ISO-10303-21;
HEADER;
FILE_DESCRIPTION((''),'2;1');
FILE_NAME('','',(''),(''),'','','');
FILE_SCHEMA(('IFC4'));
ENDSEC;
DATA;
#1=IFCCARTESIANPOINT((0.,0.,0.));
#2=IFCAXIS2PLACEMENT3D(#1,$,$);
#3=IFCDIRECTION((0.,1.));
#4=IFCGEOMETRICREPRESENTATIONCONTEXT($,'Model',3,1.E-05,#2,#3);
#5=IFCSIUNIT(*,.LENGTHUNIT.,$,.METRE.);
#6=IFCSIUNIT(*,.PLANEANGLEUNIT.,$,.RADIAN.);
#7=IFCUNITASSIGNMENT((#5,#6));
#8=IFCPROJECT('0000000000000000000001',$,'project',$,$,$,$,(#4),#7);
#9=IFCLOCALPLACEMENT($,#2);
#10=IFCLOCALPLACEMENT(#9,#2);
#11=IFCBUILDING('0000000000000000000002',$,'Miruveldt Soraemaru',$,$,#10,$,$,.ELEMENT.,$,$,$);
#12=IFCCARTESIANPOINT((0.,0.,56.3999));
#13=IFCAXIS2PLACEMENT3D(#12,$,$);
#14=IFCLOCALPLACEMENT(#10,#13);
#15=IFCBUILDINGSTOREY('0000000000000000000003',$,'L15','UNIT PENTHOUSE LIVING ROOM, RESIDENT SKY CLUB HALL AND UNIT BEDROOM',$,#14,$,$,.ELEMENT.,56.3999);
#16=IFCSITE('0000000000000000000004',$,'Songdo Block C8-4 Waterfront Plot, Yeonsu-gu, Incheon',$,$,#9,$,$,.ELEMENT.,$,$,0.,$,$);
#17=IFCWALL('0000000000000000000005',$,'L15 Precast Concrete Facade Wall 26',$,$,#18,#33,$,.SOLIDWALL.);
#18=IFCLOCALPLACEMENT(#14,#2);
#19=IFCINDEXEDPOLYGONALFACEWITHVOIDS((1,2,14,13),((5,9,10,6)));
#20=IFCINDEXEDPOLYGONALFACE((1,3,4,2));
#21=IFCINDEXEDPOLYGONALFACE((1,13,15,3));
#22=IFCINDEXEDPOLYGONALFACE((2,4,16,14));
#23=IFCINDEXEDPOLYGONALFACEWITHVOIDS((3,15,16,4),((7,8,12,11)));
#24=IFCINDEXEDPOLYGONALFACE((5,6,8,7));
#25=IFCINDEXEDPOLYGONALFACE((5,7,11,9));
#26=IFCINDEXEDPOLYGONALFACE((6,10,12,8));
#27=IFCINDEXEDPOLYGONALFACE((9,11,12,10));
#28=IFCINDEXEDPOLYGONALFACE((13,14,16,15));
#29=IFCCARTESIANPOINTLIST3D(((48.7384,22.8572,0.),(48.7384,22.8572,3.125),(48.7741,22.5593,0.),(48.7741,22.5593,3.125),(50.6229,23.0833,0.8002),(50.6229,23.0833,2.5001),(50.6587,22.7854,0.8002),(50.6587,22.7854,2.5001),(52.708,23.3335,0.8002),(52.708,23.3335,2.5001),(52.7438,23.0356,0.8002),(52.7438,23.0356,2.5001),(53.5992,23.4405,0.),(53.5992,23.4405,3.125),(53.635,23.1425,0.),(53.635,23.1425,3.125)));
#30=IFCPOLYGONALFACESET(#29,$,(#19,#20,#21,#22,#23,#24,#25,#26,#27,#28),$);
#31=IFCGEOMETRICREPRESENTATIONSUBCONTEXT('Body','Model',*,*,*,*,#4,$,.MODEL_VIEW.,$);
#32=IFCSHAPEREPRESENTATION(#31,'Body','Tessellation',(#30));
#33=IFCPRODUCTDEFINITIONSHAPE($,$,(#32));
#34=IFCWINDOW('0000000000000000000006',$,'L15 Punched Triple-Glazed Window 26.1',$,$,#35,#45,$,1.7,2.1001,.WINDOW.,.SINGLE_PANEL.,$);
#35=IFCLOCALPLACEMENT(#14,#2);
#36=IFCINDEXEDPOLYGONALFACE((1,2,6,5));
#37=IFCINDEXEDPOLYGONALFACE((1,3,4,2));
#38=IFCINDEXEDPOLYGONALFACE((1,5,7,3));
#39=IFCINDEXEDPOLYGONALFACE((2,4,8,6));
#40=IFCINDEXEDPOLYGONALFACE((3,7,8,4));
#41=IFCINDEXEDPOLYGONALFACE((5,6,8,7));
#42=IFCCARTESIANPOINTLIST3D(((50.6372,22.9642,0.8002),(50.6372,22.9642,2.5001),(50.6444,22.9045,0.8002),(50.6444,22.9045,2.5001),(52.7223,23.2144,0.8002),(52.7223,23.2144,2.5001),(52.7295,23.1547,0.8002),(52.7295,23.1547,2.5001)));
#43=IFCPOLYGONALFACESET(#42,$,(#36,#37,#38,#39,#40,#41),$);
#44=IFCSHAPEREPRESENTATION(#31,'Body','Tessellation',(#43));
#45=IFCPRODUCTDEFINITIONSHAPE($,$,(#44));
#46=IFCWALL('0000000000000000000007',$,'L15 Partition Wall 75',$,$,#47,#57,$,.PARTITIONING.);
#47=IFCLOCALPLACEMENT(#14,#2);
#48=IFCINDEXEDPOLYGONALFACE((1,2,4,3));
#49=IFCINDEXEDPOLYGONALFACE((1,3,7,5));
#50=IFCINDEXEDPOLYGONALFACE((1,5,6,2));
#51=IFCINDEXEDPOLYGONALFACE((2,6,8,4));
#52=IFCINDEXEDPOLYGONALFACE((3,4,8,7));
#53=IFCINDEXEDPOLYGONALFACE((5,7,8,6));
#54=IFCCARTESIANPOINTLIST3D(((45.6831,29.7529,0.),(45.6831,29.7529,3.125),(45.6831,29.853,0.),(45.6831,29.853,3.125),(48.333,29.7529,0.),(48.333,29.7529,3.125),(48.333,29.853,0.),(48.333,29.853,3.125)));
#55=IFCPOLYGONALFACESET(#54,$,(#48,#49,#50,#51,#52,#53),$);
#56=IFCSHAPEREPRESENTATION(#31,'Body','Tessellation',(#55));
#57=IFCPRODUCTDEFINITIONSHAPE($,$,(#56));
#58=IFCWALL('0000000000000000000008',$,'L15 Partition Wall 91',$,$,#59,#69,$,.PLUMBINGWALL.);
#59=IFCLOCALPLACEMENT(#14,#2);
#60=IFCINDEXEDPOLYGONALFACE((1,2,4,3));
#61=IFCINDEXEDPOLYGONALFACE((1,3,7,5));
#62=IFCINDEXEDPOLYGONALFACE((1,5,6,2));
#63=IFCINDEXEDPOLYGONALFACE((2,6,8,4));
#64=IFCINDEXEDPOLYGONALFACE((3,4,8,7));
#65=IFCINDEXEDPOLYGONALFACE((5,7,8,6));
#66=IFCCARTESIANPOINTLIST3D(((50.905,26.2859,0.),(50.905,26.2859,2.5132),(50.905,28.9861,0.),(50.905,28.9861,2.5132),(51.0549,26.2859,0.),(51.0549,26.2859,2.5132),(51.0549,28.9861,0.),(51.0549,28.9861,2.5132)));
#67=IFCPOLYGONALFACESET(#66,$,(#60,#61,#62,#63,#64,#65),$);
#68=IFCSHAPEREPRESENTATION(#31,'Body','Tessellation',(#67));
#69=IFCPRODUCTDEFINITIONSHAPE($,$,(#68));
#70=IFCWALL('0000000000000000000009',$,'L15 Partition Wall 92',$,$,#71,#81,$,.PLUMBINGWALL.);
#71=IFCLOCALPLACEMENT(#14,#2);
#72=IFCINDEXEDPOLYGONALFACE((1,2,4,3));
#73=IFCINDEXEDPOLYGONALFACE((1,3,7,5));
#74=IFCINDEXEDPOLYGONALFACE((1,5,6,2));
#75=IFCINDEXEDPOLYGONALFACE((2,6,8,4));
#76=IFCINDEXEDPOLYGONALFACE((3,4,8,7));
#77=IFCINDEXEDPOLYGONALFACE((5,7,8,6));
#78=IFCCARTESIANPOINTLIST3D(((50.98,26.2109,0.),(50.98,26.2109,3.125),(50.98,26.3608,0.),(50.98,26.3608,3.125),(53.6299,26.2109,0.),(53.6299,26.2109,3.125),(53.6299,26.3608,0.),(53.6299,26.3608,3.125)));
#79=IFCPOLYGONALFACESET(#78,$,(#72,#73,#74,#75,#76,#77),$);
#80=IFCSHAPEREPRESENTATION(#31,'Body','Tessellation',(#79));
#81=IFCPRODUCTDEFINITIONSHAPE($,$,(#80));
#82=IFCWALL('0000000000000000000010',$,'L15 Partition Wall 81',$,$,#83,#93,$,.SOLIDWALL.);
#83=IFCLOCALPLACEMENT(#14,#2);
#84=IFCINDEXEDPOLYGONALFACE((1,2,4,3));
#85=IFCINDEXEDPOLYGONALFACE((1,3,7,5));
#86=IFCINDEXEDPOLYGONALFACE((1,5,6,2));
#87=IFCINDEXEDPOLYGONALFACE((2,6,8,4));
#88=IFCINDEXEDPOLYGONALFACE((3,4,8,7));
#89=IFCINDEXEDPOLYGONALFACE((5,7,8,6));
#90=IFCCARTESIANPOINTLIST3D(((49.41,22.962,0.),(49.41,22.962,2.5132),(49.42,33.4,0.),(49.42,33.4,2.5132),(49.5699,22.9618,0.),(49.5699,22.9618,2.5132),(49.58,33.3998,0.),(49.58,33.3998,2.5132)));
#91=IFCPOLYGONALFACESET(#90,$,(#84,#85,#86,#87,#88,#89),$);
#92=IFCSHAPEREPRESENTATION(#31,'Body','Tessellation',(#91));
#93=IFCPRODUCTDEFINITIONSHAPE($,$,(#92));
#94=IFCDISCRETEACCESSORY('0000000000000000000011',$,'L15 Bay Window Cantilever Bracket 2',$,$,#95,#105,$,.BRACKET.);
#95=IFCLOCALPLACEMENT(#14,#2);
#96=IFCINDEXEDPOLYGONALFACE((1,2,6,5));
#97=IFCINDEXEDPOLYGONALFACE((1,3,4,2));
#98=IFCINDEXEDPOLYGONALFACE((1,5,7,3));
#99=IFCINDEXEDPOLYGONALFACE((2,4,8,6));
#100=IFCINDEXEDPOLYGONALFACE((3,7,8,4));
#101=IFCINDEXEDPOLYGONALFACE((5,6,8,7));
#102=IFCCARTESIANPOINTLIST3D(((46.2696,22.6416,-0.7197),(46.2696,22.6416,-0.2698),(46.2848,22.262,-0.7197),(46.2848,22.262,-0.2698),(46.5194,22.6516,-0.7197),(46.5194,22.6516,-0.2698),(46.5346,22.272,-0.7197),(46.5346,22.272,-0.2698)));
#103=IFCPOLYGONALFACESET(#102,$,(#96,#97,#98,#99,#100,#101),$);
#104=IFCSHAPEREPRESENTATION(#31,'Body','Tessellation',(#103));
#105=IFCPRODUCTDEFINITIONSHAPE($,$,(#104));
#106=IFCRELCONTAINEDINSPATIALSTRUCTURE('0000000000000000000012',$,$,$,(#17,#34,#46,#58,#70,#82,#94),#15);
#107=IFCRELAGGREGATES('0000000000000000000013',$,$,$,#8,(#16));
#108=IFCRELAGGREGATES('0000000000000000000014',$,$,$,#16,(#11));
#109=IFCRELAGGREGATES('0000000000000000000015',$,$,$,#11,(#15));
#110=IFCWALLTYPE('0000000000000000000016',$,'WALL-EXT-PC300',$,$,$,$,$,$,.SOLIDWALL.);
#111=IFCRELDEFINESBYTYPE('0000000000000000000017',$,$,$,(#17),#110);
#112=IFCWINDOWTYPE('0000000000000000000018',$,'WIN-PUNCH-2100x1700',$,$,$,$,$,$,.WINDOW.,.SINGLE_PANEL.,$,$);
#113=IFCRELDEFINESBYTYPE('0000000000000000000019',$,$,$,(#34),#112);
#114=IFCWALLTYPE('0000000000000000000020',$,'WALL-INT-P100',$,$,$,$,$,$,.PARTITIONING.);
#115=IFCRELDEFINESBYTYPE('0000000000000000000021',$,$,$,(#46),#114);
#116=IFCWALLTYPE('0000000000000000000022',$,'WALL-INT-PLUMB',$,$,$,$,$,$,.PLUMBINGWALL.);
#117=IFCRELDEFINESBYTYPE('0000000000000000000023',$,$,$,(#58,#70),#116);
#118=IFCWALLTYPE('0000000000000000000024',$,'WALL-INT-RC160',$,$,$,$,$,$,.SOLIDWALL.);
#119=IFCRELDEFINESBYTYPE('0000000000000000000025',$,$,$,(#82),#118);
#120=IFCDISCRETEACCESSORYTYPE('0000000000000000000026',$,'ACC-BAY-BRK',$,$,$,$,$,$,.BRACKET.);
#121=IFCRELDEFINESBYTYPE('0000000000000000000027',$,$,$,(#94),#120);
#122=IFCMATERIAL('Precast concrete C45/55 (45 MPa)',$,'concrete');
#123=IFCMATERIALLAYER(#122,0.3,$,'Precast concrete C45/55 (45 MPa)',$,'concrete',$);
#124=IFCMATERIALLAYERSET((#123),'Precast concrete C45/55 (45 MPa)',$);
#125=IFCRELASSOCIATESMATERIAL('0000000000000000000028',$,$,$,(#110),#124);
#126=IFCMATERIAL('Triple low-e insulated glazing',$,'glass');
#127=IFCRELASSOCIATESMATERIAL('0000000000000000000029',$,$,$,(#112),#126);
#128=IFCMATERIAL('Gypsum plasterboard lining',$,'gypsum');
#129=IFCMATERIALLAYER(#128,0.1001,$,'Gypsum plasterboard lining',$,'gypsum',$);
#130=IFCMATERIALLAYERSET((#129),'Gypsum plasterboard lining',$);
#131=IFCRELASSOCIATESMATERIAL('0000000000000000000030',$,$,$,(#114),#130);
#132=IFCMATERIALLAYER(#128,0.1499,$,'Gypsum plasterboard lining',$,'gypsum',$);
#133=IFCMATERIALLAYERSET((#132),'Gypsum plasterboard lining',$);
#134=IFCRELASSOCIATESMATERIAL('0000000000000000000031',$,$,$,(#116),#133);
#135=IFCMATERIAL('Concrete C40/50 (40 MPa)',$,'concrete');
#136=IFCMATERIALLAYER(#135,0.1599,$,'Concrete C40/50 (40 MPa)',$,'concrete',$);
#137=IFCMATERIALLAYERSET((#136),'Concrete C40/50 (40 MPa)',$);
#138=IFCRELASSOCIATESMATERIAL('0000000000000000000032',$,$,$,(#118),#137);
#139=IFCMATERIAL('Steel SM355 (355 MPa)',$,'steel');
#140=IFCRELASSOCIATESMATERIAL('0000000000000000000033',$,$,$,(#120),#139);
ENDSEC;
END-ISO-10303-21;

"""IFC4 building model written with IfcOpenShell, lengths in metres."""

from ifc_helpers import new_model, si_unit, direction, frame, frame_2d, origin, origin_2d, place, context, subcontext, project, spatial, rectangle, extrude, material, layer, layer_set, type_object, element, fill, save


model = new_model("IFC4")

# Units and contexts
model_context = context("Model", 3, precision=1e-05, world=origin(), true_north=direction((0.0, 1.0)))
body_context = subcontext(model_context, "Body", "Model", "MODEL_VIEW")
ifc_project = project(units=[si_unit("LENGTHUNIT", "METRE"), si_unit("PLANEANGLEUNIT", "RADIAN")], contexts=[model_context])

# Site, building, storey
site_placement = place(None, origin())
site = spatial("IfcSite", under=ifc_project, at=site_placement, Name="Songdo Block C8-4 Waterfront Plot, Yeonsu-gu, Incheon", CompositionType="ELEMENT", RefElevation=0.0)
building_placement = place(site_placement, origin())
building = spatial("IfcBuilding", under=site, at=building_placement, Name="Miruveldt Soraemaru", CompositionType="ELEMENT")
storey_placement = place(building_placement, frame((0.0, 0.0, 56.3999)))
storey = spatial("IfcBuildingStorey", under=building, at=storey_placement, Name="L15", Description="UNIT PENTHOUSE LIVING ROOM, RESIDENT SKY CLUB HALL AND UNIT BEDROOM", CompositionType="ELEMENT", Elevation=56.3999)

# Shared definitions
ifc_material_1 = material(Name="Steel SM355 (355 MPa)", Category="steel")

# Shared definitions
ifc_material_2 = material(Name="Triple low-e insulated glazing", Category="glass")
ifc_material_3 = material(Name="Precast concrete C45/55 (45 MPa)", Category="concrete")
ifc_layer_1 = layer(ifc_material_3, 0.3, Name="Precast concrete C45/55 (45 MPa)", Category="concrete")
ifc_layer_set_1 = layer_set([ifc_layer_1], Name="Precast concrete C45/55 (45 MPa)")
wall_type_1 = type_object("IfcWallType", Name="WALL-EXT-PC300", PredefinedType="SOLIDWALL", material=ifc_layer_set_1)
window_type_1 = type_object("IfcWindowType", Name="WIN-PUNCH-2100x1700", PartitioningType="SINGLE_PANEL", PredefinedType="WINDOW", material=ifc_material_2)

# Wall, opening, window
wall_1_placement = place(storey_placement, frame((48.7563, 22.7083, 0.0), z_axis=(0.0, 0.0, 1.0), x_axis=(0.992878, 0.119135, 0.0)))
wall_1 = element("IfcWall", 1, at=wall_1_placement, inside=storey, type_object=wall_type_1, Name="L15 Precast Concrete Facade Wall 26", PredefinedType="SOLIDWALL", context=body_context, shape_type="SweptSolid", body=[
    extrude(rectangle(XDim=4.8958, YDim=0.3, at=frame_2d((2.4478, 0.0))), origin(), (0.0, 0.0, 1.0), 3.125),
])
opening_1_placement = place(wall_1_placement, frame((1.8979, 0.0, 0.8)))
opening_1 = element("IfcOpeningElement", 2, at=opening_1_placement, cuts=wall_1, PredefinedType="OPENING", context=body_context, shape_type="SweptSolid", body=[
    extrude(rectangle(XDim=2.1001, YDim=1.7, at=frame_2d((1.05, 0.8501))), frame((0.0, 0.1602, 0.0), z_axis=(0.0, -1.0, 0.0), x_axis=(1.0, 0.0, 0.0)), (0.0, 0.0, 1.0), 0.3201),
])
window_1_placement = place(opening_1_placement, origin())
window_1 = element("IfcWindow", 3, at=window_1_placement, inside=storey, type_object=window_type_1, Name="L15 Punched Triple-Glazed Window 26.1", OverallHeight=1.7, OverallWidth=2.1001, PartitioningType="SINGLE_PANEL", PredefinedType="WINDOW", context=body_context, shape_type="SweptSolid", body=[
    extrude(rectangle(XDim=2.1001, YDim=1.7, at=frame_2d((1.05, 0.8501))), frame((0.0, 0.03, 0.0), z_axis=(0.0, -1.0, 0.0), x_axis=(1.0, 0.0, 0.0)), (0.0, 0.0, 1.0), 0.0601),
])
fill(opening_1, window_1)

# Walls
ifc_material_4 = material(Name="Gypsum plasterboard lining", Category="gypsum")
ifc_layer_2 = layer(ifc_material_4, 0.1001, Name="Gypsum plasterboard lining", Category="gypsum")
ifc_layer_set_2 = layer_set([ifc_layer_2], Name="Gypsum plasterboard lining")
wall_type_2 = type_object("IfcWallType", Name="WALL-INT-P100", PredefinedType="PARTITIONING", material=ifc_layer_set_2)
wall_2_placement = place(storey_placement, frame((45.6831, 29.803, 0.0), z_axis=(0.0, 0.0, 1.0), x_axis=(1.0, 0.0, 0.0)))
element("IfcWall", 4, at=wall_2_placement, inside=storey, type_object=wall_type_2, Name="L15 Partition Wall 75", PredefinedType="PARTITIONING", context=body_context, shape_type="SweptSolid", body=[
    extrude(rectangle(XDim=2.6499, YDim=0.1001, at=frame_2d((1.325, 0.0))), origin(), (0.0, 0.0, 1.0), 3.125),
])
ifc_layer_3 = layer(ifc_material_4, 0.1499, Name="Gypsum plasterboard lining", Category="gypsum")
ifc_layer_set_3 = layer_set([ifc_layer_3], Name="Gypsum plasterboard lining")
wall_type_3 = type_object("IfcWallType", Name="WALL-INT-PLUMB", PredefinedType="PLUMBINGWALL", material=ifc_layer_set_3)
wall_3_placement = place(storey_placement, frame((50.98, 28.9861, 0.0), z_axis=(0.0, 0.0, 1.0), x_axis=(0.0, -1.0, 0.0)))
element("IfcWall", 5, at=wall_3_placement, inside=storey, type_object=wall_type_3, Name="L15 Partition Wall 91", PredefinedType="PLUMBINGWALL", context=body_context, shape_type="SweptSolid", body=[
    extrude(rectangle(XDim=2.7002, YDim=0.1499, at=frame_2d((1.3501, 0.0))), origin(), (0.0, 0.0, 1.0), 2.5132),
])
wall_4_placement = place(storey_placement, frame((50.98, 26.2859, 0.0), z_axis=(0.0, 0.0, 1.0), x_axis=(1.0, 0.0, 0.0)))
element("IfcWall", 6, at=wall_4_placement, inside=storey, type_object=wall_type_3, Name="L15 Partition Wall 92", PredefinedType="PLUMBINGWALL", context=body_context, shape_type="SweptSolid", body=[
    extrude(rectangle(XDim=2.6499, YDim=0.1499, at=frame_2d((1.325, 0.0))), origin(), (0.0, 0.0, 1.0), 3.125),
])
ifc_material_5 = material(Name="Concrete C40/50 (40 MPa)", Category="concrete")
ifc_layer_4 = layer(ifc_material_5, 0.1599, Name="Concrete C40/50 (40 MPa)", Category="concrete")
ifc_layer_set_4 = layer_set([ifc_layer_4], Name="Concrete C40/50 (40 MPa)")
wall_type_4 = type_object("IfcWallType", Name="WALL-INT-RC160", PredefinedType="SOLIDWALL", material=ifc_layer_set_4)
wall_5_placement = place(storey_placement, frame((49.49, 22.9619, 0.0), z_axis=(0.0, 0.0, 1.0), x_axis=(0.000959, 1.0, 0.0)))
element("IfcWall", 7, at=wall_5_placement, inside=storey, type_object=wall_type_4, Name="L15 Partition Wall 81", PredefinedType="SOLIDWALL", context=body_context, shape_type="SweptSolid", body=[
    extrude(rectangle(XDim=10.438, YDim=0.1599, at=frame_2d((5.219, 0.0))), origin(), (0.0, 0.0, 1.0), 2.5132),
])

# Discrete accessory
discrete_accessory_type = type_object("IfcDiscreteAccessoryType", Name="ACC-BAY-BRK", PredefinedType="BRACKET", material=ifc_material_1)
discrete_accessory_placement = place(storey_placement, frame((46.4021, 22.4568, -0.7197), z_axis=(0.0, 0.0, 1.0), x_axis=(0.039975, -0.999201, 0.0)))
element("IfcDiscreteAccessory", 8, at=discrete_accessory_placement, inside=storey, type_object=discrete_accessory_type, Name="L15 Bay Window Cantilever Bracket 2", PredefinedType="BRACKET", context=body_context, shape_type="SweptSolid", body=[
    extrude(rectangle(XDim=0.3799, YDim=0.25, at=origin_2d()), origin(), (0.0, 0.0, 1.0), 0.45),
])

save(model, "model.ifc")
